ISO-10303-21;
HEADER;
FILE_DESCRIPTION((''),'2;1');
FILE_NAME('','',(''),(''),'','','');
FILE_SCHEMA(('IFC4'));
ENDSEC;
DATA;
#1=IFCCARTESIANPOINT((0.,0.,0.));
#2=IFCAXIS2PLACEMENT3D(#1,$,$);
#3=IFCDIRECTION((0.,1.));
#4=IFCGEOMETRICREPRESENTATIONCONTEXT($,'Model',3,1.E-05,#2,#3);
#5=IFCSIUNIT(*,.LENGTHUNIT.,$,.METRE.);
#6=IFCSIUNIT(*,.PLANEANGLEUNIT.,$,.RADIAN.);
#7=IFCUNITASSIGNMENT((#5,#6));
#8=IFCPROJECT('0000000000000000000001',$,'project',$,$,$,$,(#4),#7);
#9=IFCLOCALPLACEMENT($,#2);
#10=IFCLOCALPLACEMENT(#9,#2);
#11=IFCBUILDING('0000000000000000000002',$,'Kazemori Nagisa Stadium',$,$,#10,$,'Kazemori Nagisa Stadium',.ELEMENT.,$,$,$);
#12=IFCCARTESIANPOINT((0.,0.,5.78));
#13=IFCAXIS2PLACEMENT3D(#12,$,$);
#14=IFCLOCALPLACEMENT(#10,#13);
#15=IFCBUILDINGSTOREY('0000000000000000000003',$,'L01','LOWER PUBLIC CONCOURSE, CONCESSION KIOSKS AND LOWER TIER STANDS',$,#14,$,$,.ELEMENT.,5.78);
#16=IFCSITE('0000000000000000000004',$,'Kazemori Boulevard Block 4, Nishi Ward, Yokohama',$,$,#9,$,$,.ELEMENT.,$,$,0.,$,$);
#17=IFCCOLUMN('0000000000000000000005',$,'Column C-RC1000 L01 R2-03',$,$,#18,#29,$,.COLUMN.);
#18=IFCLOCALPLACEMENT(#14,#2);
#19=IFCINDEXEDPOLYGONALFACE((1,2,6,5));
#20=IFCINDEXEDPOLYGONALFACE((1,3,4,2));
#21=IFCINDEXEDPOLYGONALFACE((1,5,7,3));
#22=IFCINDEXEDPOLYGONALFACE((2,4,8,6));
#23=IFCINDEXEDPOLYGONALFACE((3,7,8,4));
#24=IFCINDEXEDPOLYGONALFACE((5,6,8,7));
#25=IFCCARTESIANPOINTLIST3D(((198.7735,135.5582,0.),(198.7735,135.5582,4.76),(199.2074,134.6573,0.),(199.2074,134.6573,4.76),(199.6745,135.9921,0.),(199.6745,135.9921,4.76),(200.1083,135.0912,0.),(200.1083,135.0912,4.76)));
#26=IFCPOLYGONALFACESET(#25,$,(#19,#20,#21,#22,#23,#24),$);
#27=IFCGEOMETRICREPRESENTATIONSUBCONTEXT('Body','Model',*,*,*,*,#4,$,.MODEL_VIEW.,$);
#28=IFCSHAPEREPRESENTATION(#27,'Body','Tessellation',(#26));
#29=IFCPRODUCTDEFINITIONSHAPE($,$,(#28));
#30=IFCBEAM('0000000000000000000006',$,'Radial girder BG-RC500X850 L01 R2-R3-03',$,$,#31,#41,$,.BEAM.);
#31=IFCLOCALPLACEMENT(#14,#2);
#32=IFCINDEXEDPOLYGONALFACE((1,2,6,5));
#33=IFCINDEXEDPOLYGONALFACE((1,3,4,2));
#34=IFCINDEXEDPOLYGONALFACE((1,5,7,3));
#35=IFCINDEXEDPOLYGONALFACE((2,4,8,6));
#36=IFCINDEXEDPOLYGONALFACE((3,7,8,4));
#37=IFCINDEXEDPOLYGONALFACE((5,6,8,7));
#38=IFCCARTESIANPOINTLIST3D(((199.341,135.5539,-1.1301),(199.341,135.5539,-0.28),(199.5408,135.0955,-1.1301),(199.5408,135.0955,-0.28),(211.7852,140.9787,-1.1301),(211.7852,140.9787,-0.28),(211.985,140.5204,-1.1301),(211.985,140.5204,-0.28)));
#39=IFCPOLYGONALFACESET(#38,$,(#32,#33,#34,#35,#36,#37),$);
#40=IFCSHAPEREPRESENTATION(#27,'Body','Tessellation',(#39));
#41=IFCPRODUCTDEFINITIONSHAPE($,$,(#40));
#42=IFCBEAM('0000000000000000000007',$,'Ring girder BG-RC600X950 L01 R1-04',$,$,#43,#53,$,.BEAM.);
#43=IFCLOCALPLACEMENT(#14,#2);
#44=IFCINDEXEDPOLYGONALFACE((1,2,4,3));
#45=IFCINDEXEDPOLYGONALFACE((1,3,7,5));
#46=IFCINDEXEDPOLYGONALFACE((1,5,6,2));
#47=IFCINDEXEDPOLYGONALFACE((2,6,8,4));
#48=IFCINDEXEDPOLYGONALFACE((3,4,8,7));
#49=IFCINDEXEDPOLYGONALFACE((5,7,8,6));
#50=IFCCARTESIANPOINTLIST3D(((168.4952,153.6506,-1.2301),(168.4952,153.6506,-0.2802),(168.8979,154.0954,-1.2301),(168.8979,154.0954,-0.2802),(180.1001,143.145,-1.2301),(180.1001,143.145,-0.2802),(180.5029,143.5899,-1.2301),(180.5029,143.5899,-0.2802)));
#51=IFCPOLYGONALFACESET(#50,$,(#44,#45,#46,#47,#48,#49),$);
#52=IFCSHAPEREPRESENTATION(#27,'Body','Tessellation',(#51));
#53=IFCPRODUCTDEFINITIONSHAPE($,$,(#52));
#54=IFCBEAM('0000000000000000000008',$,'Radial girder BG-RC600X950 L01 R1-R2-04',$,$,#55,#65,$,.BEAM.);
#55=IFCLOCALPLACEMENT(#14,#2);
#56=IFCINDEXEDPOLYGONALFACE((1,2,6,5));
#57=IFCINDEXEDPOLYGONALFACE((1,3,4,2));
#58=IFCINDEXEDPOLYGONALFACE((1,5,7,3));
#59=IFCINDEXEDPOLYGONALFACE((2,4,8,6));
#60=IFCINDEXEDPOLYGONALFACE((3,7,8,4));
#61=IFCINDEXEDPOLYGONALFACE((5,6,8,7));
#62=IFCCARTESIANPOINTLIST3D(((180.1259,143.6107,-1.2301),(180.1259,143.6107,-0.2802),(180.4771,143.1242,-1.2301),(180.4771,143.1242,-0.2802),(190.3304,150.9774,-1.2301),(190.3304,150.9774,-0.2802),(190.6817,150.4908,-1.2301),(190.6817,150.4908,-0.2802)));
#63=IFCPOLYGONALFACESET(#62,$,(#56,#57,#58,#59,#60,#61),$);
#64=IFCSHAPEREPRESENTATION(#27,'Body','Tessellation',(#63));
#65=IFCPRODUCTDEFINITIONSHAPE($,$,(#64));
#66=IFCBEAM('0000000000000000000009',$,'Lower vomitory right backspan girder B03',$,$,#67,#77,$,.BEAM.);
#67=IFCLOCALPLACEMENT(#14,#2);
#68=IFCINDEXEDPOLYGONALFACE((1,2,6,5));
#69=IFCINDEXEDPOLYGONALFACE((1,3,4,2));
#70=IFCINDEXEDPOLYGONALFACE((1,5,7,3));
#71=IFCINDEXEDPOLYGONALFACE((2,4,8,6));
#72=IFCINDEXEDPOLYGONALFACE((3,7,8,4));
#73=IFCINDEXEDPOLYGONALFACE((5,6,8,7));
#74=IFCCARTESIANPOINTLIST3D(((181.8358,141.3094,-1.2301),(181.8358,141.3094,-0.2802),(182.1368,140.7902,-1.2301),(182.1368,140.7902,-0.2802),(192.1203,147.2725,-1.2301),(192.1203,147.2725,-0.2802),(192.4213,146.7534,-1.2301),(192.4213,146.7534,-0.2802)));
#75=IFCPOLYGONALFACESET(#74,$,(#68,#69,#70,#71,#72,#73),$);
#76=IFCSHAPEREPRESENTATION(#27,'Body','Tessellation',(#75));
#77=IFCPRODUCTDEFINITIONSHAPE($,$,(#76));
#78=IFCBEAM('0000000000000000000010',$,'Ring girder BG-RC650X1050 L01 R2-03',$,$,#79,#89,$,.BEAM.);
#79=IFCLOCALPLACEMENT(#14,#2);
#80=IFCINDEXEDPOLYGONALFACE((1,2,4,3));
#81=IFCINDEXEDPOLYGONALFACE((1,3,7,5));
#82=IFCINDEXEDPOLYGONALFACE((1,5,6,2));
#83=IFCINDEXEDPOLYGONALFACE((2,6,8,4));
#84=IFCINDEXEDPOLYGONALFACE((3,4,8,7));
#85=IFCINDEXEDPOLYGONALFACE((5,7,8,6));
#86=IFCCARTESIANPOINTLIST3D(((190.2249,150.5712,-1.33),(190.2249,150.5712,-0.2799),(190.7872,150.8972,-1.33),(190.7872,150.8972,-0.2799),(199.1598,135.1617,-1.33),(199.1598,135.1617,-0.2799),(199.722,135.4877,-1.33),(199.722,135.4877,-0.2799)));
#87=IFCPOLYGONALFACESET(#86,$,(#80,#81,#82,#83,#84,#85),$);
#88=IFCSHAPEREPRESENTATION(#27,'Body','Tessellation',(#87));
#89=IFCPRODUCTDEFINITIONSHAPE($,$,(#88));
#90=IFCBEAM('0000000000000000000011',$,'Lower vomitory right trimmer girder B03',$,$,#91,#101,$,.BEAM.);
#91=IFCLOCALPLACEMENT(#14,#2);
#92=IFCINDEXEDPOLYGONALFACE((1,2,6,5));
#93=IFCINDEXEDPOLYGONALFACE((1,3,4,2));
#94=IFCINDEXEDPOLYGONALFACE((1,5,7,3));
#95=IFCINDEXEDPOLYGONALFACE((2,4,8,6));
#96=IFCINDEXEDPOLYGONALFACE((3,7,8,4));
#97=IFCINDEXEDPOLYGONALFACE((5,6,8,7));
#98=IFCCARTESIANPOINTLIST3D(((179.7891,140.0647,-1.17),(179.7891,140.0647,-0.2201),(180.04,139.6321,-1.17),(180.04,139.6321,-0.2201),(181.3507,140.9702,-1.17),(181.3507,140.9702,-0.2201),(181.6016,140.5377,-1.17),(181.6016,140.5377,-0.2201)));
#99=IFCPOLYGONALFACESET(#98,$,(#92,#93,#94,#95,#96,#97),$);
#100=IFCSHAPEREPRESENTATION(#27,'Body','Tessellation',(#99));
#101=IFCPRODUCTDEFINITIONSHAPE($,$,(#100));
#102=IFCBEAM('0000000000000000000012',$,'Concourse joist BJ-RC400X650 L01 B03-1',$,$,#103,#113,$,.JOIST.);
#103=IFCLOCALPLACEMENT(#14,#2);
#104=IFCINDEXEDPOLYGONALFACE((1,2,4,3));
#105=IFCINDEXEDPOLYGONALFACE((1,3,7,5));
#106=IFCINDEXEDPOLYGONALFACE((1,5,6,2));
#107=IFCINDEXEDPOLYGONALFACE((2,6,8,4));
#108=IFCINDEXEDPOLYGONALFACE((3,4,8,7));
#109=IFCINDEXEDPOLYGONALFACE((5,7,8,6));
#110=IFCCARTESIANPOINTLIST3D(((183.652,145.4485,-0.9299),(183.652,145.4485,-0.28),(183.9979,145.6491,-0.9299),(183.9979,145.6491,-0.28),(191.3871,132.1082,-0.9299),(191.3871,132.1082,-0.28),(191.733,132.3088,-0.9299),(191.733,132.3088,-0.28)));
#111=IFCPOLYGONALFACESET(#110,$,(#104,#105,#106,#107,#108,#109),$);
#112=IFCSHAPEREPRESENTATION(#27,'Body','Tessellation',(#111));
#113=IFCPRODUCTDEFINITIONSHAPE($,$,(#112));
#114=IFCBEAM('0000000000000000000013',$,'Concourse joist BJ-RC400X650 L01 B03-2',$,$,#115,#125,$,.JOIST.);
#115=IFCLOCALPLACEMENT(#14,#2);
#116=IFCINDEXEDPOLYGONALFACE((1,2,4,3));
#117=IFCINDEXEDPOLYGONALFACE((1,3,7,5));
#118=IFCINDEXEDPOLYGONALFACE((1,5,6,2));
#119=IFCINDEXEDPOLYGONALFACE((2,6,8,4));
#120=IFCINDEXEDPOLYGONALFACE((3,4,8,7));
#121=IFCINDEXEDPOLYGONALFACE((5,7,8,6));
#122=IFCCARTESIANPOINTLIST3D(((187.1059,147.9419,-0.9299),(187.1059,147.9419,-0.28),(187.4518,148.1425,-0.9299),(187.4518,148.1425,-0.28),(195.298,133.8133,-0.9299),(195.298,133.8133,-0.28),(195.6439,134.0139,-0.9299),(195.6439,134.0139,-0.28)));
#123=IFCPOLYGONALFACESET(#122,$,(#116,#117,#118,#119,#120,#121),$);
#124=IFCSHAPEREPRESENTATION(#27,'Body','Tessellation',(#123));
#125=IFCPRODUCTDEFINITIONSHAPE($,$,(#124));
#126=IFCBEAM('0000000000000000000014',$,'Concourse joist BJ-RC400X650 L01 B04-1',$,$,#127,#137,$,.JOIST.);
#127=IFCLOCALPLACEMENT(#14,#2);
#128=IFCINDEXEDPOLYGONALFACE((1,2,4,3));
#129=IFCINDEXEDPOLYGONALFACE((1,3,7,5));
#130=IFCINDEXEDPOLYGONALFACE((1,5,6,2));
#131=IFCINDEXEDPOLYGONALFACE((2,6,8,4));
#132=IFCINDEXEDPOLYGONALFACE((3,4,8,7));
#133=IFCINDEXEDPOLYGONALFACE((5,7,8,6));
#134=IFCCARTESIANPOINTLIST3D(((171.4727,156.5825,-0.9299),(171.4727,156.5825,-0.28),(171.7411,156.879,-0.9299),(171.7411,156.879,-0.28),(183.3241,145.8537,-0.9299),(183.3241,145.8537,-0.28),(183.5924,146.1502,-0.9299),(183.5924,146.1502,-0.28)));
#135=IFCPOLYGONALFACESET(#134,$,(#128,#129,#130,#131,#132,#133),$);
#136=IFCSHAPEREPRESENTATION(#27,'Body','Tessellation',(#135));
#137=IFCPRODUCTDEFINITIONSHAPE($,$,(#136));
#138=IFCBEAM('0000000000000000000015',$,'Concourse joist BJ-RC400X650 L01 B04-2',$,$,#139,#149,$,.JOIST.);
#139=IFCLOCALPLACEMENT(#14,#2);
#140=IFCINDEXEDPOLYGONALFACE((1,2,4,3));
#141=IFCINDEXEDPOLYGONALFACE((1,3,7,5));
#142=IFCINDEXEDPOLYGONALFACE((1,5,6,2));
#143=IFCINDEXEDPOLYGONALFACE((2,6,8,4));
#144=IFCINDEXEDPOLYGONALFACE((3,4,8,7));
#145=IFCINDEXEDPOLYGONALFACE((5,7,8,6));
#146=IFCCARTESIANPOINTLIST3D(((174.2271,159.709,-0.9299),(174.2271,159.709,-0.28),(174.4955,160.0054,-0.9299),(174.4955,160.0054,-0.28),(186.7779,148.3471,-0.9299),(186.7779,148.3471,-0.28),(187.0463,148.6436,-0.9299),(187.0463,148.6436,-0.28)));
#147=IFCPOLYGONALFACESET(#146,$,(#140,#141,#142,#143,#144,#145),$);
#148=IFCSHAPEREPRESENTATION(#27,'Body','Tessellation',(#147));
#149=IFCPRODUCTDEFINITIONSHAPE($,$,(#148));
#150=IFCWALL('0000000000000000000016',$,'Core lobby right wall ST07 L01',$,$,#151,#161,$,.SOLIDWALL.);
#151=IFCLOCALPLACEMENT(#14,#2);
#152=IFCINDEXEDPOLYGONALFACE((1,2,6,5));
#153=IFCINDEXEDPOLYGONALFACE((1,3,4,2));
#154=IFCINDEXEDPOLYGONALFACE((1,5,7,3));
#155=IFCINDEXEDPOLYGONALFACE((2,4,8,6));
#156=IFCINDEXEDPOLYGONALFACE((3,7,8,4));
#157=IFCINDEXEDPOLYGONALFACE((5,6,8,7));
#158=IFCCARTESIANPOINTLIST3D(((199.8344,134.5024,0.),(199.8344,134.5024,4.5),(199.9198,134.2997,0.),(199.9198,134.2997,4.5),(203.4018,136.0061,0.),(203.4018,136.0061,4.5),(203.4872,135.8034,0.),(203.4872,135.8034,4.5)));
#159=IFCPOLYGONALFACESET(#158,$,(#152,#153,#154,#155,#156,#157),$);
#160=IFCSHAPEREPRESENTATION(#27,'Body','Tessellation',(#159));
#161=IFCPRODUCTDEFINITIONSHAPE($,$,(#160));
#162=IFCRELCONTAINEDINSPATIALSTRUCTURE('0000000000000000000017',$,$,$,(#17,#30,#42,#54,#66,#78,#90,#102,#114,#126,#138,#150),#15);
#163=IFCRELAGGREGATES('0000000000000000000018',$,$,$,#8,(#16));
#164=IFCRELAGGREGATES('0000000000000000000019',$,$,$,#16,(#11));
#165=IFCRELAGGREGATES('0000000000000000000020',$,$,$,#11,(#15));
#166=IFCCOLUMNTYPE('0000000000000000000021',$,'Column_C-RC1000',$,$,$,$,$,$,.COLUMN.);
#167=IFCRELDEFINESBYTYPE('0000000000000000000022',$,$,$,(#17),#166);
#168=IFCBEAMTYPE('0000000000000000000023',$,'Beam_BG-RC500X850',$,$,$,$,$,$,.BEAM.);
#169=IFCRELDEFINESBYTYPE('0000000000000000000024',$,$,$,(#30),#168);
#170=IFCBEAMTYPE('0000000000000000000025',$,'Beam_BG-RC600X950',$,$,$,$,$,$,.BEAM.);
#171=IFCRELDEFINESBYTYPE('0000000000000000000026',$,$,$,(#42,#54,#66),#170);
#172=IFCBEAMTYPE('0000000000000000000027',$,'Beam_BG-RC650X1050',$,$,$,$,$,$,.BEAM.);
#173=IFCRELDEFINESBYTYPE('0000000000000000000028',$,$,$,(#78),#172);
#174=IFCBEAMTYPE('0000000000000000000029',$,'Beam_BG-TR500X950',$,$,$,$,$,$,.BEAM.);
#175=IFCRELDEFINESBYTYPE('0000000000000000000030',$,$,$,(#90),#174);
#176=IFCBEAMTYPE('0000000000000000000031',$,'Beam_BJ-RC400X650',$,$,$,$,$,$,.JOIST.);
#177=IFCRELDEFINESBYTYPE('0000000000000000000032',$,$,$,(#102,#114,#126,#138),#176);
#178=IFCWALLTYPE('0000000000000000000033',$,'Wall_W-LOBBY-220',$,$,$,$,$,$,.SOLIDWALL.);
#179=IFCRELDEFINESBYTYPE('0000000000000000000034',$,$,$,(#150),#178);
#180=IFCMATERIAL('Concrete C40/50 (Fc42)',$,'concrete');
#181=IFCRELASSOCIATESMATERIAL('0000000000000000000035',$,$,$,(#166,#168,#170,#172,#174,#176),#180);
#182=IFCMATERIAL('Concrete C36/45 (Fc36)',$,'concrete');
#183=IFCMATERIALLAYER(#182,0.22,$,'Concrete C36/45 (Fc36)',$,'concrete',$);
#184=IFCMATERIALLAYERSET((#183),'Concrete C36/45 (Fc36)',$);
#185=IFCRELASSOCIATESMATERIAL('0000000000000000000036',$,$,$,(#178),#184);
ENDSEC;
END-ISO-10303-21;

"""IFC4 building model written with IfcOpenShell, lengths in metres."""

from ifc_helpers import new_model, si_unit, direction, frame, frame_2d, origin, origin_2d, place, context, subcontext, project, spatial, rectangle, extrude, material, layer, layer_set, material_profile, profile_set, type_object, element, save


model = new_model("IFC4")

# Units and contexts
model_context = context("Model", 3, precision=1e-05, world=origin(), true_north=direction((0.0, 1.0)))
body_context = subcontext(model_context, "Body", "Model", "MODEL_VIEW")
ifc_project = project(units=[si_unit("LENGTHUNIT", "METRE"), si_unit("PLANEANGLEUNIT", "RADIAN")], contexts=[model_context])

# Site, building, storey
site_placement = place(None, origin())
site = spatial("IfcSite", under=ifc_project, at=site_placement, Name="Kazemori Boulevard Block 4, Nishi Ward, Yokohama", CompositionType="ELEMENT", RefElevation=0.0)
building_placement = place(site_placement, origin())
building = spatial("IfcBuilding", under=site, at=building_placement, Name="Kazemori Nagisa Stadium", LongName="Kazemori Nagisa Stadium", CompositionType="ELEMENT")
storey_placement = place(building_placement, frame((0.0, 0.0, 5.78)))
storey = spatial("IfcBuildingStorey", under=building, at=storey_placement, Name="L01", Description="LOWER PUBLIC CONCOURSE, CONCESSION KIOSKS AND LOWER TIER STANDS", CompositionType="ELEMENT", Elevation=5.78)

# Column
ifc_material_1 = material(Name="Concrete C40/50 (Fc42)", Category="concrete")
ifc_material_profile_1 = material_profile(ifc_material_1, rectangle(XDim=1.0, YDim=1.0, at=origin_2d()), Name="RC-COL-1000x1000")
ifc_profile_set_1 = profile_set([ifc_material_profile_1], Name="Concrete C40/50 (Fc42)")
column_type_1 = type_object("IfcColumnType", Name="Column_C-RC1000", PredefinedType="COLUMN", material=ifc_profile_set_1)
column_1_placement = place(storey_placement, frame((199.4409, 135.3247, 0.0), z_axis=(0.0, 0.0, 1.0), x_axis=(0.900969, 0.433884, 0.0)))
element("IfcColumn", 1, at=column_1_placement, inside=storey, type_object=column_type_1, Name="Column C-RC1000 L01 R2-03", PredefinedType="COLUMN", context=body_context, shape_type="SweptSolid", body=[
    extrude(rectangle(XDim=1.0, YDim=1.0, at=origin_2d()), origin(), (0.0, 0.0, 1.0), 4.76),
])

# Beams
ifc_material_profile_2 = material_profile(ifc_material_1, rectangle(XDim=0.5, YDim=0.8501, at=origin_2d()), Name="RC-BM-500x850")
ifc_profile_set_2 = profile_set([ifc_material_profile_2], Name="Concrete C40/50 (Fc42)")
beam_type_1 = type_object("IfcBeamType", Name="Beam_BG-RC500X850", PredefinedType="BEAM", material=ifc_profile_set_2)
beam_1_placement = place(storey_placement, frame((199.4409, 135.3247, -0.7051), z_axis=(0.916684, 0.399614, 0.0), x_axis=(-0.399614, 0.916684, 0.0)))
element("IfcBeam", 2, at=beam_1_placement, inside=storey, type_object=beam_type_1, Name="Radial girder BG-RC500X850 L01 R2-R3-03", PredefinedType="BEAM", context=body_context, shape_type="SweptSolid", body=[
    extrude(rectangle(XDim=0.5, YDim=0.8501, at=origin_2d()), origin(), (0.0, 0.0, 1.0), 13.5752),
])
ifc_material_profile_3 = material_profile(ifc_material_1, rectangle(XDim=0.6001, YDim=0.95, at=origin_2d()), Name="RC-BM-600x950")
ifc_profile_set_3 = profile_set([ifc_material_profile_3], Name="Concrete C40/50 (Fc42)")
beam_type_2 = type_object("IfcBeamType", Name="Beam_BG-RC600X950", PredefinedType="BEAM", material=ifc_profile_set_3)
beam_2_placement = place(storey_placement, frame((180.3015, 143.3674, -0.7551), z_axis=(-0.741349, 0.67112, 0.0), x_axis=(-0.67112, -0.741349, 0.0)))
element("IfcBeam", 3, at=beam_2_placement, inside=storey, type_object=beam_type_2, Name="Ring girder BG-RC600X950 L01 R1-04", PredefinedType="BEAM", context=body_context, shape_type="SweptSolid", body=[
    extrude(rectangle(XDim=0.6001, YDim=0.95, at=origin_2d()), origin(), (0.0, 0.0, 1.0), 15.6538),
])
beam_3_placement = place(storey_placement, frame((180.3015, 143.3674, -0.7551), z_axis=(0.810803, 0.585319, 0.0), x_axis=(-0.585319, 0.810803, 0.0)))
element("IfcBeam", 4, at=beam_3_placement, inside=storey, type_object=beam_type_2, Name="Radial girder BG-RC600X950 L01 R1-R2-04", PredefinedType="BEAM", context=body_context, shape_type="SweptSolid", body=[
    extrude(rectangle(XDim=0.6001, YDim=0.95, at=origin_2d()), origin(), (0.0, 0.0, 1.0), 12.5857),
])
beam_4_placement = place(storey_placement, frame((181.9863, 141.0498, -0.7551), z_axis=(0.865098, 0.501603, 0.0), x_axis=(-0.501603, 0.865098, 0.0)))
element("IfcBeam", 5, at=beam_4_placement, inside=storey, type_object=beam_type_2, Name="Lower vomitory right backspan girder B03", PredefinedType="BEAM", context=body_context, shape_type="SweptSolid", body=[
    extrude(rectangle(XDim=0.6001, YDim=0.95, at=origin_2d()), origin(), (0.0, 0.0, 1.0), 11.8882),
])
ifc_material_profile_4 = material_profile(ifc_material_1, rectangle(XDim=0.6499, YDim=1.05, at=origin_2d()), Name="RC-BM-650x1050")
ifc_profile_set_4 = profile_set([ifc_material_profile_4], Name="Concrete C40/50 (Fc42)")
beam_type_3 = type_object("IfcBeamType", Name="Beam_BG-RC650X1050", PredefinedType="BEAM", material=ifc_profile_set_4)
beam_5_placement = place(storey_placement, frame((199.4409, 135.3247, -0.8049), z_axis=(-0.501607, 0.865096, 0.0), x_axis=(-0.865096, -0.501607, 0.0)))
element("IfcBeam", 6, at=beam_5_placement, inside=storey, type_object=beam_type_3, Name="Ring girder BG-RC650X1050 L01 R2-03", PredefinedType="BEAM", context=body_context, shape_type="SweptSolid", body=[
    extrude(rectangle(XDim=0.6499, YDim=1.05, at=origin_2d()), origin(), (0.0, 0.0, 1.0), 17.8125),
])
ifc_material_profile_5 = material_profile(ifc_material_1, rectangle(XDim=0.5, YDim=0.95, at=origin_2d()), Name="RC-BM-500x950")
ifc_profile_set_5 = profile_set([ifc_material_profile_5], Name="Concrete C40/50 (Fc42)")
beam_type_4 = type_object("IfcBeamType", Name="Beam_BG-TR500X950", PredefinedType="BEAM", material=ifc_profile_set_5)
beam_6_placement = place(storey_placement, frame((179.9146, 139.8484, -0.6951), z_axis=(0.865071, 0.501649, 0.0), x_axis=(-0.501649, 0.865071, 0.0)))
element("IfcBeam", 7, at=beam_6_placement, inside=storey, type_object=beam_type_4, Name="Lower vomitory right trimmer girder B03", PredefinedType="BEAM", context=body_context, shape_type="SweptSolid", body=[
    extrude(rectangle(XDim=0.5, YDim=0.95, at=origin_2d()), origin(), (0.0, 0.0, 1.0), 1.8052),
])
ifc_material_profile_6 = material_profile(ifc_material_1, rectangle(XDim=0.3999, YDim=0.6499, at=origin_2d()), Name="RC-BM-400x650")
ifc_profile_set_6 = profile_set([ifc_material_profile_6], Name="Concrete C40/50 (Fc42)")
beam_type_5 = type_object("IfcBeamType", Name="Beam_BJ-RC400X650", PredefinedType="JOIST", material=ifc_profile_set_6)
beam_7_placement = place(storey_placement, frame((191.5601, 132.2085, -0.605), z_axis=(-0.501607, 0.865095, 0.0), x_axis=(-0.865095, -0.501607, 0.0)))
element("IfcBeam", 8, at=beam_7_placement, inside=storey, type_object=beam_type_5, Name="Concourse joist BJ-RC400X650 L01 B03-1", PredefinedType="JOIST", context=body_context, shape_type="SweptSolid", body=[
    extrude(rectangle(XDim=0.3999, YDim=0.6499, at=origin_2d()), origin(), (0.0, 0.0, 1.0), 15.4207),
])
beam_8_placement = place(storey_placement, frame((195.4709, 133.9136, -0.605), z_axis=(-0.501604, 0.865097, 0.0), x_axis=(-0.865097, -0.501604, 0.0)))
element("IfcBeam", 9, at=beam_8_placement, inside=storey, type_object=beam_type_5, Name="Concourse joist BJ-RC400X650 L01 B03-2", PredefinedType="JOIST", context=body_context, shape_type="SweptSolid", body=[
    extrude(rectangle(XDim=0.3999, YDim=0.6499, at=origin_2d()), origin(), (0.0, 0.0, 1.0), 16.3318),
])
beam_9_placement = place(storey_placement, frame((183.4583, 146.002, -0.605), z_axis=(-0.741345, 0.671124, 0.0), x_axis=(-0.671124, -0.741345, 0.0)))
element("IfcBeam", 10, at=beam_9_placement, inside=storey, type_object=beam_type_5, Name="Concourse joist BJ-RC400X650 L01 B04-1", PredefinedType="JOIST", context=body_context, shape_type="SweptSolid", body=[
    extrude(rectangle(XDim=0.3999, YDim=0.6499, at=origin_2d()), origin(), (0.0, 0.0, 1.0), 15.9863),
])
beam_10_placement = place(storey_placement, frame((186.9121, 148.4954, -0.605), z_axis=(-0.741349, 0.671119, 0.0), x_axis=(-0.671119, -0.741349, 0.0)))
element("IfcBeam", 11, at=beam_10_placement, inside=storey, type_object=beam_type_5, Name="Concourse joist BJ-RC400X650 L01 B04-2", PredefinedType="JOIST", context=body_context, shape_type="SweptSolid", body=[
    extrude(rectangle(XDim=0.3999, YDim=0.6499, at=origin_2d()), origin(), (0.0, 0.0, 1.0), 16.9297),
])

# Wall
ifc_material_2 = material(Name="Concrete C36/45 (Fc36)", Category="concrete")
ifc_layer_1 = layer(ifc_material_2, 0.22, Name="Concrete C36/45 (Fc36)", Category="concrete")
ifc_layer_set_1 = layer_set([ifc_layer_1], Name="Concrete C36/45 (Fc36)")
wall_type_1 = type_object("IfcWallType", Name="Wall_W-LOBBY-220", PredefinedType="SOLIDWALL", material=ifc_layer_set_1)
wall_1_placement = place(storey_placement, frame((199.8772, 134.4011, 0.0), z_axis=(0.0, 0.0, 1.0), x_axis=(0.921487, 0.388409, 0.0)))
element("IfcWall", 12, at=wall_1_placement, inside=storey, type_object=wall_type_1, Name="Core lobby right wall ST07 L01", PredefinedType="SOLIDWALL", context=body_context, shape_type="SweptSolid", body=[
    extrude(rectangle(XDim=3.8713, YDim=0.22, at=frame_2d((1.9355, 0.0))), origin(), (0.0, 0.0, 1.0), 4.5),
])

save(model, "model.ifc")
